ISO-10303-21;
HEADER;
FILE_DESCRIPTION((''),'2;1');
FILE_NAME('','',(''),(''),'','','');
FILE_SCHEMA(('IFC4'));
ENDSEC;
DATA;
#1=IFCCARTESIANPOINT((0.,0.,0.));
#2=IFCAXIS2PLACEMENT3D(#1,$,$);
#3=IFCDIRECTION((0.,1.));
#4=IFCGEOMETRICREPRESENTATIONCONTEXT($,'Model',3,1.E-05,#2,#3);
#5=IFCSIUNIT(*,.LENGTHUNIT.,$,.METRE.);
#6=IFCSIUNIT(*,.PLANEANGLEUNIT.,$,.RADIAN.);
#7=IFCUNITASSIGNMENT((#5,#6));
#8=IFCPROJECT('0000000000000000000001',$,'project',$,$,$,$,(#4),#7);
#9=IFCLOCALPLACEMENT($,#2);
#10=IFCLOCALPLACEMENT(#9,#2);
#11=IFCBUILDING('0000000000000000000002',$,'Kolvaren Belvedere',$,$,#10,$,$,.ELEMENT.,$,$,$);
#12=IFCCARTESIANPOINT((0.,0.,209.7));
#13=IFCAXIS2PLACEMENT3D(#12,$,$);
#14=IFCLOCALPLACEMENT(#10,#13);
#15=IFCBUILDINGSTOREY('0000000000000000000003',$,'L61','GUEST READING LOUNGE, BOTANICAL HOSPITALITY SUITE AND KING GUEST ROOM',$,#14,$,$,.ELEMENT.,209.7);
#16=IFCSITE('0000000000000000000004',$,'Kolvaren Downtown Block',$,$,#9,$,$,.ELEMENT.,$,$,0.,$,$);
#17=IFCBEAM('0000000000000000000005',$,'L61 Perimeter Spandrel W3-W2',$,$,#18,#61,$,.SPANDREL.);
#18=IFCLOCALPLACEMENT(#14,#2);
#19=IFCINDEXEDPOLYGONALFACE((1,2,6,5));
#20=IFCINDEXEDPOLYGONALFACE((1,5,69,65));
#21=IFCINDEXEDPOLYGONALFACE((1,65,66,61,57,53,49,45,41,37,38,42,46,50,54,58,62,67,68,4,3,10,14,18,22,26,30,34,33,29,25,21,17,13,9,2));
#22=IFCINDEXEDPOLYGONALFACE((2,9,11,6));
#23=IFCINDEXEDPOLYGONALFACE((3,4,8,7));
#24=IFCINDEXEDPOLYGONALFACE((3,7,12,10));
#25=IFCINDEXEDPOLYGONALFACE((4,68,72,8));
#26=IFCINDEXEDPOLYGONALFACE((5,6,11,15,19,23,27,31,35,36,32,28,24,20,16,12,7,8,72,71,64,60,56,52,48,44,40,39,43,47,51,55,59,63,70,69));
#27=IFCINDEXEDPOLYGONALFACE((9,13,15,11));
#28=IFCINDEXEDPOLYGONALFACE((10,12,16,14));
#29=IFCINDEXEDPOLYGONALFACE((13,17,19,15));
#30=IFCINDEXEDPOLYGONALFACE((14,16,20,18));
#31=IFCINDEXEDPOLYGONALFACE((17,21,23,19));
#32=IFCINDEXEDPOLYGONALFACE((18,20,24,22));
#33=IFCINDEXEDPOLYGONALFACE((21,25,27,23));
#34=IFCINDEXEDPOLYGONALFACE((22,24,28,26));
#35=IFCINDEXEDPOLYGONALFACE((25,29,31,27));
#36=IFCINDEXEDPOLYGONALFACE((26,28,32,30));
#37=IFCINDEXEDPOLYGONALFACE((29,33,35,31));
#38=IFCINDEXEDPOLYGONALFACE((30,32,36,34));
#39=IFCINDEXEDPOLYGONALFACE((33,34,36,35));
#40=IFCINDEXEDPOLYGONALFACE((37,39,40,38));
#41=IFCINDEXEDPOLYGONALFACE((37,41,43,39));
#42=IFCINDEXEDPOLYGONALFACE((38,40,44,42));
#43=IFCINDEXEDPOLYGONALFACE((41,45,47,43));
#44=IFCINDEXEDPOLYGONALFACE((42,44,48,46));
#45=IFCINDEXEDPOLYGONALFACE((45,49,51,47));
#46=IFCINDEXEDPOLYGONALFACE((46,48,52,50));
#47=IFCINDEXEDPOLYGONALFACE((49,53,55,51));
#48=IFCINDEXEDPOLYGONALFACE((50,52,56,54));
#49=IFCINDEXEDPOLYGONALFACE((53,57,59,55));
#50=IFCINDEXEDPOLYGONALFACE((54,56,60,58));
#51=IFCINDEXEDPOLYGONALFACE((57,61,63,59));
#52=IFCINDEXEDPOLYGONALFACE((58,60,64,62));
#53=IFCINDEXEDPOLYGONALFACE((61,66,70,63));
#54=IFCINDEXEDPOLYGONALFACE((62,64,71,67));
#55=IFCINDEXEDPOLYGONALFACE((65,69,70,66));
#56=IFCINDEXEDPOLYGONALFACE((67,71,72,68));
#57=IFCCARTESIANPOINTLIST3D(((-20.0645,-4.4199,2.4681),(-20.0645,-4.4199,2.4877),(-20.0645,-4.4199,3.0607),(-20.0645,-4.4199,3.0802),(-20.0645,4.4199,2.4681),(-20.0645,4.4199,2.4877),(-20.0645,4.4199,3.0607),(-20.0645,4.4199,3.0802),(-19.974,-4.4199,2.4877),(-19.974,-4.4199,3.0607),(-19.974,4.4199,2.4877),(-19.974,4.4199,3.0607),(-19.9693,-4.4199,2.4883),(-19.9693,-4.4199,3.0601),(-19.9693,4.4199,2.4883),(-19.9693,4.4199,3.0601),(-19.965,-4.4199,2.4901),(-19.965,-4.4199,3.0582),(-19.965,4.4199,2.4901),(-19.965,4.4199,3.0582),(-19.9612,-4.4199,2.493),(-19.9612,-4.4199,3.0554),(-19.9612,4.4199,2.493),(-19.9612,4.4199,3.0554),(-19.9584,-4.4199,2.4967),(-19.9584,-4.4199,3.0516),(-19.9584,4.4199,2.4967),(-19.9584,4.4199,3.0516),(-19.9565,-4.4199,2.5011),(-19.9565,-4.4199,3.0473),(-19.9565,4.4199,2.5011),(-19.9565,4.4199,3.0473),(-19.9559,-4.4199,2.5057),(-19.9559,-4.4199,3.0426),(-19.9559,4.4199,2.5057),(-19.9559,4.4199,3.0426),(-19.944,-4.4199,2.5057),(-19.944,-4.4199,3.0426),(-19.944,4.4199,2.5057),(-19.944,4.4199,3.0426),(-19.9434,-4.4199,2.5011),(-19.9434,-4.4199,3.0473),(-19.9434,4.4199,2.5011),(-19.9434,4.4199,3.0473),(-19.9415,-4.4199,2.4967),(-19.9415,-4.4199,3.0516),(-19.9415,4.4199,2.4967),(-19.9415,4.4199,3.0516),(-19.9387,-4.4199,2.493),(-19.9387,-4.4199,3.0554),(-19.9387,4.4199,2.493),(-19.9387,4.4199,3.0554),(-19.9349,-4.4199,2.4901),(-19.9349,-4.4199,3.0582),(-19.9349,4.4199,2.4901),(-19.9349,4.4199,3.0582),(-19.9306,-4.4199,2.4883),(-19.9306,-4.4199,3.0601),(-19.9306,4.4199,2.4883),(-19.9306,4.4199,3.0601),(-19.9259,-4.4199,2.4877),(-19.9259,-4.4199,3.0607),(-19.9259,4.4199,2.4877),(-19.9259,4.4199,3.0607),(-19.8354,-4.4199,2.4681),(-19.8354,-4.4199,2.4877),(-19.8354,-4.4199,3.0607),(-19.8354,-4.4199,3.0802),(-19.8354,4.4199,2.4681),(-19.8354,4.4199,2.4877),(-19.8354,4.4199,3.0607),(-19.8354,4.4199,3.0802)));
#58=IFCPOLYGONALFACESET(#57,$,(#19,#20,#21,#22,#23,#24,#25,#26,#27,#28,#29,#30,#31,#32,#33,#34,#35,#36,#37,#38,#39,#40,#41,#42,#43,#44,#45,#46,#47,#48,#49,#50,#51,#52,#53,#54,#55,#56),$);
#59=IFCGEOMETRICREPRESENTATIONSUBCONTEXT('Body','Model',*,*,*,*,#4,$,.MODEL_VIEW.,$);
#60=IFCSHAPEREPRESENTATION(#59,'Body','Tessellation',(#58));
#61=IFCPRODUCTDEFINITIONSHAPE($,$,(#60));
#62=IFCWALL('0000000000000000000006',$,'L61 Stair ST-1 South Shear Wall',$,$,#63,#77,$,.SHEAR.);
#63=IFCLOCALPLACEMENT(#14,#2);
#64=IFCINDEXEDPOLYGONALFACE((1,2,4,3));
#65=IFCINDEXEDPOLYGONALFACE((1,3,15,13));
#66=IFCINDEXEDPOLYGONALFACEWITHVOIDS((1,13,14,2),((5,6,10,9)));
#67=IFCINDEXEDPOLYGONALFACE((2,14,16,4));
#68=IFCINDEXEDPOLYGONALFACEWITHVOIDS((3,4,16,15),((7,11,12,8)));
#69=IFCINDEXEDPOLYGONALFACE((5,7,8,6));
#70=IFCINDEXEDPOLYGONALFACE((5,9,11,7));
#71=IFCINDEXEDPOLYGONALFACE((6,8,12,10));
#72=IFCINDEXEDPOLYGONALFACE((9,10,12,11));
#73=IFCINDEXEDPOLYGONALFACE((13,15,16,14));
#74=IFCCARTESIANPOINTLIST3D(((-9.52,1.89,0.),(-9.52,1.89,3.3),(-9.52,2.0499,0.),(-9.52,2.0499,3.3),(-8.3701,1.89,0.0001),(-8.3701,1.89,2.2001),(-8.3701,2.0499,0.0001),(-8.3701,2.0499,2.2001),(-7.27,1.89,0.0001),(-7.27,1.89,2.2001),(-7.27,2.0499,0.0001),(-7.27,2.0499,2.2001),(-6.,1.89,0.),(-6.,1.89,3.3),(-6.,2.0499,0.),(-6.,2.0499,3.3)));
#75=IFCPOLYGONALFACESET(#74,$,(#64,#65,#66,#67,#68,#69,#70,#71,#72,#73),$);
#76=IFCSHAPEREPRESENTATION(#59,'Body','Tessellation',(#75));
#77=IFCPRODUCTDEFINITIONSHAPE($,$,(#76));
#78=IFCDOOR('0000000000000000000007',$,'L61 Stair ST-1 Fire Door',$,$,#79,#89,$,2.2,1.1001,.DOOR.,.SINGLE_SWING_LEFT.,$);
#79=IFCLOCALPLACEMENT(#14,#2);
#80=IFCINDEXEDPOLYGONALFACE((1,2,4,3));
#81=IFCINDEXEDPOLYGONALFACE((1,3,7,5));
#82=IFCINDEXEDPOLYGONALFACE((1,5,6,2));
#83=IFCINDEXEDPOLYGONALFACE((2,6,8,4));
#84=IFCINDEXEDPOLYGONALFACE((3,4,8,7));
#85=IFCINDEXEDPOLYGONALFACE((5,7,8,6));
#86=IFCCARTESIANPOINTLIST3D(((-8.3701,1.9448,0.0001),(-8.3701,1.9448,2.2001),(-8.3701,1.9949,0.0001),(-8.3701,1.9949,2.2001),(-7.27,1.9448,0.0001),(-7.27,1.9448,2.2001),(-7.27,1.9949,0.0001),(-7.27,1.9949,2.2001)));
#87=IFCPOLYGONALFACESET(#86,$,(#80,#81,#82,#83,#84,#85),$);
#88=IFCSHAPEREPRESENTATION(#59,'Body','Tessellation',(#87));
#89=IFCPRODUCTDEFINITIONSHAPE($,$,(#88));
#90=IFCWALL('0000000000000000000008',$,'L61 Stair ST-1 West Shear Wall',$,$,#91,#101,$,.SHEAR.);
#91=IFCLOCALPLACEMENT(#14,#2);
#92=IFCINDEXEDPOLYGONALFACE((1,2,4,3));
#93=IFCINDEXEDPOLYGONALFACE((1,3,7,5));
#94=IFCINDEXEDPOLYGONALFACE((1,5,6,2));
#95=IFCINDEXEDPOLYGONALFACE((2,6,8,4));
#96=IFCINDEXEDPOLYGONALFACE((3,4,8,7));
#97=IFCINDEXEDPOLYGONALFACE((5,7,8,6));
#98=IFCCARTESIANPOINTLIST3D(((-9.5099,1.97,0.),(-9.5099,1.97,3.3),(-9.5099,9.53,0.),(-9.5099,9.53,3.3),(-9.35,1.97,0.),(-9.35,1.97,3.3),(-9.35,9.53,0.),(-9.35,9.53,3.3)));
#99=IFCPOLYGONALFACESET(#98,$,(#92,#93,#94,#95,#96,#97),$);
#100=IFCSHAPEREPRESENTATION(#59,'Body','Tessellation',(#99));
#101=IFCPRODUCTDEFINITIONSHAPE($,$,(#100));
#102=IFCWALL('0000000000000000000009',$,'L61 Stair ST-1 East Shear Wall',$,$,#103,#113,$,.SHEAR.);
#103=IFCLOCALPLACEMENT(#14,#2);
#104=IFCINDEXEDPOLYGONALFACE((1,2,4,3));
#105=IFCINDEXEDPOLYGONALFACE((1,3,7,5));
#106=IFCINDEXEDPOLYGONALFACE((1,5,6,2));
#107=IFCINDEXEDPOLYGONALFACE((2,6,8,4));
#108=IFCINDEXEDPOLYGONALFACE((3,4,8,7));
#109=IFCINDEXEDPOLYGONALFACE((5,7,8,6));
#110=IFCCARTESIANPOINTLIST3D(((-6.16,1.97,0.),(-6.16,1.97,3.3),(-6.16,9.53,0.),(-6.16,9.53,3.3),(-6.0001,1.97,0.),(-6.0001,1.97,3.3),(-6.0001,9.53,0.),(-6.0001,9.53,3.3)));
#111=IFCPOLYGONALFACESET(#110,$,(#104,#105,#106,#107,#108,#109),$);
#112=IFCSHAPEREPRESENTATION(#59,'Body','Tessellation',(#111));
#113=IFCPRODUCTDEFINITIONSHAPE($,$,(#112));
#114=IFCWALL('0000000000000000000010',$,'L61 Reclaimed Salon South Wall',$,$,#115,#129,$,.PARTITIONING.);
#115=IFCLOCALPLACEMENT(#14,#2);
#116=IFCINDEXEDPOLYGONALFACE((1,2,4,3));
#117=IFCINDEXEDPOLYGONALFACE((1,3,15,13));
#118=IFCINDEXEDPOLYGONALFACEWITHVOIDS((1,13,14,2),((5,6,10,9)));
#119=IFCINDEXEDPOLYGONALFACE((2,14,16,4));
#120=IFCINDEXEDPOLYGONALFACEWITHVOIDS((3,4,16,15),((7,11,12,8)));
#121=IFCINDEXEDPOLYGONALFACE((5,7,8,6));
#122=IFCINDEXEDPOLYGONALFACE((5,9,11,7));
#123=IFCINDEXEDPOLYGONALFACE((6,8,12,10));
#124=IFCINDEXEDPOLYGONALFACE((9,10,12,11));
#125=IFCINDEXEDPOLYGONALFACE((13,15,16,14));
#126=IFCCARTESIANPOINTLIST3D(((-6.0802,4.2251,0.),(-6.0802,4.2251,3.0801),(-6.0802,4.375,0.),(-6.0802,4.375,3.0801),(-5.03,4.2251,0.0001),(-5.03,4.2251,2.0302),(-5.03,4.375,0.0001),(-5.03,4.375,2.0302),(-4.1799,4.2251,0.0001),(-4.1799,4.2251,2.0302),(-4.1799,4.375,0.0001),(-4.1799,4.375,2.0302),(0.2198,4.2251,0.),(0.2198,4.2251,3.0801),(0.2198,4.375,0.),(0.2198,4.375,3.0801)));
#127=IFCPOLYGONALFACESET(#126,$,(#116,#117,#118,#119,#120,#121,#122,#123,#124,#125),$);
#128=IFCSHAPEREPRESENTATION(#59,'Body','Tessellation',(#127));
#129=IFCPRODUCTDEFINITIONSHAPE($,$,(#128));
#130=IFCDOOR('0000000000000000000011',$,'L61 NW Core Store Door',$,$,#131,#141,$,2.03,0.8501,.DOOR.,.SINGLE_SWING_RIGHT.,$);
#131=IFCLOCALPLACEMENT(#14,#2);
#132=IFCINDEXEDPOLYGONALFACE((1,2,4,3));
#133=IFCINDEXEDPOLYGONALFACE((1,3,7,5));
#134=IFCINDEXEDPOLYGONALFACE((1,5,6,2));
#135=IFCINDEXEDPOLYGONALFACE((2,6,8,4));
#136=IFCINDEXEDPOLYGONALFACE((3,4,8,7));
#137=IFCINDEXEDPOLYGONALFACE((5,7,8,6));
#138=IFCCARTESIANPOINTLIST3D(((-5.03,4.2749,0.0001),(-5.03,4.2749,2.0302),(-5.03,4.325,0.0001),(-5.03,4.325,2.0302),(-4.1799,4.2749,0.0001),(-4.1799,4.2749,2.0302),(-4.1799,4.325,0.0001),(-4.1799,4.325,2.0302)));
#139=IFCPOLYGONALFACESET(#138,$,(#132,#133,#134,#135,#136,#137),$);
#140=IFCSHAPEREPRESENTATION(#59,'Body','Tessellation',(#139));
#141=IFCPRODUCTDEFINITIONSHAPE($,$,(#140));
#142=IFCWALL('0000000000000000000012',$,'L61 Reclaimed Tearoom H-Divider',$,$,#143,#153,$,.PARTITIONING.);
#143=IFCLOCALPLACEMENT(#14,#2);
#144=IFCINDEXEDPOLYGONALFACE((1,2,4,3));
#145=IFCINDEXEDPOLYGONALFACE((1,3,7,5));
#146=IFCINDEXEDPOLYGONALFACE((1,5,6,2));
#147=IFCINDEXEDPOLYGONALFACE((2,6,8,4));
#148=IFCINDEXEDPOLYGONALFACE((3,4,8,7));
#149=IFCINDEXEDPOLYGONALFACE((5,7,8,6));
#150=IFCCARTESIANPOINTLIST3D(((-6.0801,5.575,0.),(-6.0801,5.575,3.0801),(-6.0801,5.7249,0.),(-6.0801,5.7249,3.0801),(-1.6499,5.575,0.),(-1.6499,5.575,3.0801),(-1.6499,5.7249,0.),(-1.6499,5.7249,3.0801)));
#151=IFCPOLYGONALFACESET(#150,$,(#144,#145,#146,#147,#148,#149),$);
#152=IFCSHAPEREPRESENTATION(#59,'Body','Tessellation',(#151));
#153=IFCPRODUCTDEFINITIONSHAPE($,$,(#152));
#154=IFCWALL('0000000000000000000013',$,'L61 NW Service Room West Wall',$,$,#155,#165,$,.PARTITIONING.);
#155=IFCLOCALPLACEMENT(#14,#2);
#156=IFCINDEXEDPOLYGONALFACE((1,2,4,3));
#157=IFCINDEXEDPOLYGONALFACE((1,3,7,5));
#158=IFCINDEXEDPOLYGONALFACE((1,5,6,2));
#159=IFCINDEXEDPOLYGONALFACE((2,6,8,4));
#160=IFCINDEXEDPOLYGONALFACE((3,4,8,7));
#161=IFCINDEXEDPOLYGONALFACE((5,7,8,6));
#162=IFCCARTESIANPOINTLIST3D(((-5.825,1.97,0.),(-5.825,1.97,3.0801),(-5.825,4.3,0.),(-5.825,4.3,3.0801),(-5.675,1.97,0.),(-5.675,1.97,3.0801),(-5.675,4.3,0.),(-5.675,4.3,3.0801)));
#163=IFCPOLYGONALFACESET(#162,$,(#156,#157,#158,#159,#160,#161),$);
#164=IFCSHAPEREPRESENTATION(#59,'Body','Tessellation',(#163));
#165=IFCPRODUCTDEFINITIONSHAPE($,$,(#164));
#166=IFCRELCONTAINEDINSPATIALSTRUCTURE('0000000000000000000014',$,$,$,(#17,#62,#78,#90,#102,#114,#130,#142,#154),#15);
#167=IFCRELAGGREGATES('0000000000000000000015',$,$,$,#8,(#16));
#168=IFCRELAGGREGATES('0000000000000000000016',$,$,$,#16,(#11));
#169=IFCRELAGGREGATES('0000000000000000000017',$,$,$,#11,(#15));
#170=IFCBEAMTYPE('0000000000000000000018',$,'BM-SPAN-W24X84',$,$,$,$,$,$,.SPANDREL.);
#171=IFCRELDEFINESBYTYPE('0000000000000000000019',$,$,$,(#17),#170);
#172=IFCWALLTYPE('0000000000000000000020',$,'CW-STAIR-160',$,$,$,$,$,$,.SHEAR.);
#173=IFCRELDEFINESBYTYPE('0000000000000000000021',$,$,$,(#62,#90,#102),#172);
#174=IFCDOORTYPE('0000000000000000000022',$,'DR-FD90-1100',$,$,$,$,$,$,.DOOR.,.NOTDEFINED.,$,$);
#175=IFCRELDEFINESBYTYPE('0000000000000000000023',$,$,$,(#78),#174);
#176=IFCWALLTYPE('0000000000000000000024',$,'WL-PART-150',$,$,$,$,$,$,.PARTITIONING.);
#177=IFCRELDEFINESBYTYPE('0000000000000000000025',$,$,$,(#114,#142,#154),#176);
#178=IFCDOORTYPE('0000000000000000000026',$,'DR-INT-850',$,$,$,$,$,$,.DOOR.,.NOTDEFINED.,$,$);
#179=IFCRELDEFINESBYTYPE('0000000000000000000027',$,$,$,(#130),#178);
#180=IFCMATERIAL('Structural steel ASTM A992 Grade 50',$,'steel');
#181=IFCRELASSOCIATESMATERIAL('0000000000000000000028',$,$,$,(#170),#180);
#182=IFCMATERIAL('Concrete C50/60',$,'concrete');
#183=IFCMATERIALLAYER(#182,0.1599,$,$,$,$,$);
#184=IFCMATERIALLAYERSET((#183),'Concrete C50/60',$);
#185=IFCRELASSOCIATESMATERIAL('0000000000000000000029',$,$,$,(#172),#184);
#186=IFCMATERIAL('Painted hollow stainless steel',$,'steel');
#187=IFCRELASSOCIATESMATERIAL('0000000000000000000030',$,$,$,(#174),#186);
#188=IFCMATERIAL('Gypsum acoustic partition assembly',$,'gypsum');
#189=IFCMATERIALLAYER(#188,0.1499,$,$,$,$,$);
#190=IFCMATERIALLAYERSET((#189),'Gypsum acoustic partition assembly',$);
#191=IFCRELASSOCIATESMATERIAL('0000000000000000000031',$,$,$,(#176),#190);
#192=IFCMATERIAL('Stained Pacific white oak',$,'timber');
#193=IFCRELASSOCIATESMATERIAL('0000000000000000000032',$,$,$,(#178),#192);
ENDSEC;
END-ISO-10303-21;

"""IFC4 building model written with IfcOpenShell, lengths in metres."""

from ifc_helpers import new_model, si_unit, direction, frame, frame_2d, origin, origin_2d, place, context, subcontext, project, spatial, rectangle, i_section, extrude, material, layer, layer_set, material_profile, profile_set, type_object, element, fill, save


model = new_model("IFC4")

# Units and contexts
model_context = context("Model", 3, precision=1e-05, world=origin(), true_north=direction((0.0, 1.0)))
body_context = subcontext(model_context, "Body", "Model", "MODEL_VIEW")
ifc_project = project(units=[si_unit("LENGTHUNIT", "METRE"), si_unit("PLANEANGLEUNIT", "RADIAN")], contexts=[model_context])

# Site, building, storey
site_placement = place(None, origin())
site = spatial("IfcSite", under=ifc_project, at=site_placement, Name="Kolvaren Downtown Block", CompositionType="ELEMENT", RefElevation=0.0)
building_placement = place(site_placement, origin())
building = spatial("IfcBuilding", under=site, at=building_placement, Name="Kolvaren Belvedere", CompositionType="ELEMENT")
storey_placement = place(building_placement, frame((0.0, 0.0, 209.7)))
storey = spatial("IfcBuildingStorey", under=building, at=storey_placement, Name="L61", Description="GUEST READING LOUNGE, BOTANICAL HOSPITALITY SUITE AND KING GUEST ROOM", CompositionType="ELEMENT", Elevation=209.7)

# Beam
ifc_material_1 = material(Name="Structural steel ASTM A992 Grade 50", Category="steel")
ifc_material_profile_1 = material_profile(ifc_material_1, i_section(OverallWidth=0.229, OverallDepth=0.6121, WebThickness=0.012, FlangeThickness=0.0195, FilletRadius=0.0181, at=origin_2d()), Name="W24X84")
ifc_profile_set_1 = profile_set([ifc_material_profile_1], Name="Structural steel ASTM A992 Grade 50")
beam_type_1 = type_object("IfcBeamType", Name="BM-SPAN-W24X84", PredefinedType="SPANDREL", material=ifc_profile_set_1)
beam_1_placement = place(storey_placement, frame((-19.95, 4.4199, 2.7742), z_axis=(0.0, -1.0, 0.0), x_axis=(1.0, 0.0, 0.0)))
element("IfcBeam", 1, at=beam_1_placement, inside=storey, type_object=beam_type_1, Name="L61 Perimeter Spandrel W3-W2", PredefinedType="SPANDREL", context=body_context, shape_type="SweptSolid", body=[
    extrude(i_section(OverallWidth=0.229, OverallDepth=0.6121, WebThickness=0.012, FlangeThickness=0.0195, FilletRadius=0.0181, at=origin_2d()), origin(), (0.0, 0.0, 1.0), 8.8398),
])

# Wall, opening, door
ifc_material_2 = material(Name="Concrete C50/60", Category="concrete")
ifc_layer_1 = layer(ifc_material_2, 0.1599)
ifc_layer_set_1 = layer_set([ifc_layer_1], Name="Concrete C50/60")
wall_type_1 = type_object("IfcWallType", Name="CW-STAIR-160", PredefinedType="SHEAR", material=ifc_layer_set_1)
wall_1_placement = place(storey_placement, frame((-9.52, 1.97, 0.0), z_axis=(0.0, 0.0, 1.0), x_axis=(1.0, 0.0, 0.0)))
wall_1 = element("IfcWall", 2, at=wall_1_placement, inside=storey, type_object=wall_type_1, Name="L61 Stair ST-1 South Shear Wall", PredefinedType="SHEAR", context=body_context, shape_type="SweptSolid", body=[
    extrude(rectangle(XDim=3.52, YDim=0.1599, at=frame_2d((1.76, 0.0))), origin(), (0.0, 0.0, 1.0), 3.3),
])
opening_1_placement = place(wall_1_placement, frame((1.1499, 0.0, 0.0)))
opening_1 = element("IfcOpeningElement", 3, at=opening_1_placement, cuts=wall_1, PredefinedType="OPENING", context=body_context, shape_type="SweptSolid", body=[
    extrude(rectangle(XDim=1.1001, YDim=2.2, at=frame_2d((0.55, 1.1001))), frame((0.0, 0.0898, 0.0), z_axis=(0.0, -1.0, 0.0), x_axis=(1.0, 0.0, 0.0)), (0.0, 0.0, 1.0), 0.1799),
])
ifc_material_3 = material(Name="Painted hollow stainless steel", Category="steel")
door_type_1 = type_object("IfcDoorType", Name="DR-FD90-1100", OperationType="NOTDEFINED", PredefinedType="DOOR", material=ifc_material_3)
door_1_placement = place(opening_1_placement, origin())
door_1 = element("IfcDoor", 4, at=door_1_placement, inside=storey, type_object=door_type_1, Name="L61 Stair ST-1 Fire Door", OperationType="SINGLE_SWING_LEFT", OverallHeight=2.2, OverallWidth=1.1001, PredefinedType="DOOR", context=body_context, shape_type="SweptSolid", body=[
    extrude(rectangle(XDim=1.1001, YDim=2.2, at=frame_2d((0.55, 1.1001))), frame((0.0, 0.0249, 0.0), z_axis=(0.0, -1.0, 0.0), x_axis=(1.0, 0.0, 0.0)), (0.0, 0.0, 1.0), 0.05),
])
fill(opening_1, door_1)

# Walls
for number, where, z_axis, x_axis, name in (
    (5, (-9.4299, 1.97, 0.0), (0.0, 0.0, 1.0), (0.0, 1.0, 0.0), "L61 Stair ST-1 West Shear Wall"),
    (6, (-6.0801, 1.97, 0.0), (0.0, 0.0, 1.0), (0.0, 1.0, 0.0), "L61 Stair ST-1 East Shear Wall"),
):
    element("IfcWall", number, at=place(storey_placement, frame(where, z_axis=z_axis, x_axis=x_axis)), inside=storey, type_object=wall_type_1, Name=name, PredefinedType="SHEAR", context=body_context, shape_type="SweptSolid", body=[
        extrude(rectangle(XDim=7.5601, YDim=0.1599, at=frame_2d((3.78, 0.0))), origin(), (0.0, 0.0, 1.0), 3.3),
    ])

# Wall, opening, door
ifc_material_4 = material(Name="Gypsum acoustic partition assembly", Category="gypsum")
ifc_layer_2 = layer(ifc_material_4, 0.1499)
ifc_layer_set_2 = layer_set([ifc_layer_2], Name="Gypsum acoustic partition assembly")
wall_type_2 = type_object("IfcWallType", Name="WL-PART-150", PredefinedType="PARTITIONING", material=ifc_layer_set_2)
wall_2_placement = place(storey_placement, frame((-6.0801, 4.3, 0.0), z_axis=(0.0, 0.0, 1.0), x_axis=(1.0, 0.0, 0.0)))
wall_2 = element("IfcWall", 7, at=wall_2_placement, inside=storey, type_object=wall_type_2, Name="L61 Reclaimed Salon South Wall", PredefinedType="PARTITIONING", context=body_context, shape_type="SweptSolid", body=[
    extrude(rectangle(XDim=6.3, YDim=0.1499, at=frame_2d((3.1499, 0.0))), origin(), (0.0, 0.0, 1.0), 3.0801),
])
opening_2_placement = place(wall_2_placement, frame((1.05, 0.0, 0.0)))
opening_2 = element("IfcOpeningElement", 8, at=opening_2_placement, cuts=wall_2, PredefinedType="OPENING", context=body_context, shape_type="SweptSolid", body=[
    extrude(rectangle(XDim=0.8501, YDim=2.03, at=frame_2d((0.425, 1.0151))), frame((0.0, 0.085, 0.0), z_axis=(0.0, -1.0, 0.0), x_axis=(1.0, 0.0, 0.0)), (0.0, 0.0, 1.0), 0.1699),
])
ifc_material_5 = material(Name="Stained Pacific white oak", Category="timber")
door_type_2 = type_object("IfcDoorType", Name="DR-INT-850", OperationType="NOTDEFINED", PredefinedType="DOOR", material=ifc_material_5)
door_2_placement = place(opening_2_placement, origin())
door_2 = element("IfcDoor", 9, at=door_2_placement, inside=storey, type_object=door_type_2, Name="L61 NW Core Store Door", OperationType="SINGLE_SWING_RIGHT", OverallHeight=2.03, OverallWidth=0.8501, PredefinedType="DOOR", context=body_context, shape_type="SweptSolid", body=[
    extrude(rectangle(XDim=0.8501, YDim=2.03, at=frame_2d((0.425, 1.0151))), frame((0.0, 0.0249, 0.0), z_axis=(0.0, -1.0, 0.0), x_axis=(1.0, 0.0, 0.0)), (0.0, 0.0, 1.0), 0.05),
])
fill(opening_2, door_2)

# Walls
wall_3_placement = place(storey_placement, frame((-6.0801, 5.6499, 0.0), z_axis=(0.0, 0.0, 1.0), x_axis=(1.0, 0.0, 0.0)))
element("IfcWall", 10, at=wall_3_placement, inside=storey, type_object=wall_type_2, Name="L61 Reclaimed Tearoom H-Divider", PredefinedType="PARTITIONING", context=body_context, shape_type="SweptSolid", body=[
    extrude(rectangle(XDim=4.4302, YDim=0.1499, at=frame_2d((2.2151, 0.0))), origin(), (0.0, 0.0, 1.0), 3.0801),
])
wall_4_placement = place(storey_placement, frame((-5.75, 1.97, 0.0), z_axis=(0.0, 0.0, 1.0), x_axis=(0.0, 1.0, 0.0)))
element("IfcWall", 11, at=wall_4_placement, inside=storey, type_object=wall_type_2, Name="L61 NW Service Room West Wall", PredefinedType="PARTITIONING", context=body_context, shape_type="SweptSolid", body=[
    extrude(rectangle(XDim=2.3301, YDim=0.1499, at=frame_2d((1.165, 0.0))), origin(), (0.0, 0.0, 1.0), 3.0801),
])

save(model, "model.ifc")
